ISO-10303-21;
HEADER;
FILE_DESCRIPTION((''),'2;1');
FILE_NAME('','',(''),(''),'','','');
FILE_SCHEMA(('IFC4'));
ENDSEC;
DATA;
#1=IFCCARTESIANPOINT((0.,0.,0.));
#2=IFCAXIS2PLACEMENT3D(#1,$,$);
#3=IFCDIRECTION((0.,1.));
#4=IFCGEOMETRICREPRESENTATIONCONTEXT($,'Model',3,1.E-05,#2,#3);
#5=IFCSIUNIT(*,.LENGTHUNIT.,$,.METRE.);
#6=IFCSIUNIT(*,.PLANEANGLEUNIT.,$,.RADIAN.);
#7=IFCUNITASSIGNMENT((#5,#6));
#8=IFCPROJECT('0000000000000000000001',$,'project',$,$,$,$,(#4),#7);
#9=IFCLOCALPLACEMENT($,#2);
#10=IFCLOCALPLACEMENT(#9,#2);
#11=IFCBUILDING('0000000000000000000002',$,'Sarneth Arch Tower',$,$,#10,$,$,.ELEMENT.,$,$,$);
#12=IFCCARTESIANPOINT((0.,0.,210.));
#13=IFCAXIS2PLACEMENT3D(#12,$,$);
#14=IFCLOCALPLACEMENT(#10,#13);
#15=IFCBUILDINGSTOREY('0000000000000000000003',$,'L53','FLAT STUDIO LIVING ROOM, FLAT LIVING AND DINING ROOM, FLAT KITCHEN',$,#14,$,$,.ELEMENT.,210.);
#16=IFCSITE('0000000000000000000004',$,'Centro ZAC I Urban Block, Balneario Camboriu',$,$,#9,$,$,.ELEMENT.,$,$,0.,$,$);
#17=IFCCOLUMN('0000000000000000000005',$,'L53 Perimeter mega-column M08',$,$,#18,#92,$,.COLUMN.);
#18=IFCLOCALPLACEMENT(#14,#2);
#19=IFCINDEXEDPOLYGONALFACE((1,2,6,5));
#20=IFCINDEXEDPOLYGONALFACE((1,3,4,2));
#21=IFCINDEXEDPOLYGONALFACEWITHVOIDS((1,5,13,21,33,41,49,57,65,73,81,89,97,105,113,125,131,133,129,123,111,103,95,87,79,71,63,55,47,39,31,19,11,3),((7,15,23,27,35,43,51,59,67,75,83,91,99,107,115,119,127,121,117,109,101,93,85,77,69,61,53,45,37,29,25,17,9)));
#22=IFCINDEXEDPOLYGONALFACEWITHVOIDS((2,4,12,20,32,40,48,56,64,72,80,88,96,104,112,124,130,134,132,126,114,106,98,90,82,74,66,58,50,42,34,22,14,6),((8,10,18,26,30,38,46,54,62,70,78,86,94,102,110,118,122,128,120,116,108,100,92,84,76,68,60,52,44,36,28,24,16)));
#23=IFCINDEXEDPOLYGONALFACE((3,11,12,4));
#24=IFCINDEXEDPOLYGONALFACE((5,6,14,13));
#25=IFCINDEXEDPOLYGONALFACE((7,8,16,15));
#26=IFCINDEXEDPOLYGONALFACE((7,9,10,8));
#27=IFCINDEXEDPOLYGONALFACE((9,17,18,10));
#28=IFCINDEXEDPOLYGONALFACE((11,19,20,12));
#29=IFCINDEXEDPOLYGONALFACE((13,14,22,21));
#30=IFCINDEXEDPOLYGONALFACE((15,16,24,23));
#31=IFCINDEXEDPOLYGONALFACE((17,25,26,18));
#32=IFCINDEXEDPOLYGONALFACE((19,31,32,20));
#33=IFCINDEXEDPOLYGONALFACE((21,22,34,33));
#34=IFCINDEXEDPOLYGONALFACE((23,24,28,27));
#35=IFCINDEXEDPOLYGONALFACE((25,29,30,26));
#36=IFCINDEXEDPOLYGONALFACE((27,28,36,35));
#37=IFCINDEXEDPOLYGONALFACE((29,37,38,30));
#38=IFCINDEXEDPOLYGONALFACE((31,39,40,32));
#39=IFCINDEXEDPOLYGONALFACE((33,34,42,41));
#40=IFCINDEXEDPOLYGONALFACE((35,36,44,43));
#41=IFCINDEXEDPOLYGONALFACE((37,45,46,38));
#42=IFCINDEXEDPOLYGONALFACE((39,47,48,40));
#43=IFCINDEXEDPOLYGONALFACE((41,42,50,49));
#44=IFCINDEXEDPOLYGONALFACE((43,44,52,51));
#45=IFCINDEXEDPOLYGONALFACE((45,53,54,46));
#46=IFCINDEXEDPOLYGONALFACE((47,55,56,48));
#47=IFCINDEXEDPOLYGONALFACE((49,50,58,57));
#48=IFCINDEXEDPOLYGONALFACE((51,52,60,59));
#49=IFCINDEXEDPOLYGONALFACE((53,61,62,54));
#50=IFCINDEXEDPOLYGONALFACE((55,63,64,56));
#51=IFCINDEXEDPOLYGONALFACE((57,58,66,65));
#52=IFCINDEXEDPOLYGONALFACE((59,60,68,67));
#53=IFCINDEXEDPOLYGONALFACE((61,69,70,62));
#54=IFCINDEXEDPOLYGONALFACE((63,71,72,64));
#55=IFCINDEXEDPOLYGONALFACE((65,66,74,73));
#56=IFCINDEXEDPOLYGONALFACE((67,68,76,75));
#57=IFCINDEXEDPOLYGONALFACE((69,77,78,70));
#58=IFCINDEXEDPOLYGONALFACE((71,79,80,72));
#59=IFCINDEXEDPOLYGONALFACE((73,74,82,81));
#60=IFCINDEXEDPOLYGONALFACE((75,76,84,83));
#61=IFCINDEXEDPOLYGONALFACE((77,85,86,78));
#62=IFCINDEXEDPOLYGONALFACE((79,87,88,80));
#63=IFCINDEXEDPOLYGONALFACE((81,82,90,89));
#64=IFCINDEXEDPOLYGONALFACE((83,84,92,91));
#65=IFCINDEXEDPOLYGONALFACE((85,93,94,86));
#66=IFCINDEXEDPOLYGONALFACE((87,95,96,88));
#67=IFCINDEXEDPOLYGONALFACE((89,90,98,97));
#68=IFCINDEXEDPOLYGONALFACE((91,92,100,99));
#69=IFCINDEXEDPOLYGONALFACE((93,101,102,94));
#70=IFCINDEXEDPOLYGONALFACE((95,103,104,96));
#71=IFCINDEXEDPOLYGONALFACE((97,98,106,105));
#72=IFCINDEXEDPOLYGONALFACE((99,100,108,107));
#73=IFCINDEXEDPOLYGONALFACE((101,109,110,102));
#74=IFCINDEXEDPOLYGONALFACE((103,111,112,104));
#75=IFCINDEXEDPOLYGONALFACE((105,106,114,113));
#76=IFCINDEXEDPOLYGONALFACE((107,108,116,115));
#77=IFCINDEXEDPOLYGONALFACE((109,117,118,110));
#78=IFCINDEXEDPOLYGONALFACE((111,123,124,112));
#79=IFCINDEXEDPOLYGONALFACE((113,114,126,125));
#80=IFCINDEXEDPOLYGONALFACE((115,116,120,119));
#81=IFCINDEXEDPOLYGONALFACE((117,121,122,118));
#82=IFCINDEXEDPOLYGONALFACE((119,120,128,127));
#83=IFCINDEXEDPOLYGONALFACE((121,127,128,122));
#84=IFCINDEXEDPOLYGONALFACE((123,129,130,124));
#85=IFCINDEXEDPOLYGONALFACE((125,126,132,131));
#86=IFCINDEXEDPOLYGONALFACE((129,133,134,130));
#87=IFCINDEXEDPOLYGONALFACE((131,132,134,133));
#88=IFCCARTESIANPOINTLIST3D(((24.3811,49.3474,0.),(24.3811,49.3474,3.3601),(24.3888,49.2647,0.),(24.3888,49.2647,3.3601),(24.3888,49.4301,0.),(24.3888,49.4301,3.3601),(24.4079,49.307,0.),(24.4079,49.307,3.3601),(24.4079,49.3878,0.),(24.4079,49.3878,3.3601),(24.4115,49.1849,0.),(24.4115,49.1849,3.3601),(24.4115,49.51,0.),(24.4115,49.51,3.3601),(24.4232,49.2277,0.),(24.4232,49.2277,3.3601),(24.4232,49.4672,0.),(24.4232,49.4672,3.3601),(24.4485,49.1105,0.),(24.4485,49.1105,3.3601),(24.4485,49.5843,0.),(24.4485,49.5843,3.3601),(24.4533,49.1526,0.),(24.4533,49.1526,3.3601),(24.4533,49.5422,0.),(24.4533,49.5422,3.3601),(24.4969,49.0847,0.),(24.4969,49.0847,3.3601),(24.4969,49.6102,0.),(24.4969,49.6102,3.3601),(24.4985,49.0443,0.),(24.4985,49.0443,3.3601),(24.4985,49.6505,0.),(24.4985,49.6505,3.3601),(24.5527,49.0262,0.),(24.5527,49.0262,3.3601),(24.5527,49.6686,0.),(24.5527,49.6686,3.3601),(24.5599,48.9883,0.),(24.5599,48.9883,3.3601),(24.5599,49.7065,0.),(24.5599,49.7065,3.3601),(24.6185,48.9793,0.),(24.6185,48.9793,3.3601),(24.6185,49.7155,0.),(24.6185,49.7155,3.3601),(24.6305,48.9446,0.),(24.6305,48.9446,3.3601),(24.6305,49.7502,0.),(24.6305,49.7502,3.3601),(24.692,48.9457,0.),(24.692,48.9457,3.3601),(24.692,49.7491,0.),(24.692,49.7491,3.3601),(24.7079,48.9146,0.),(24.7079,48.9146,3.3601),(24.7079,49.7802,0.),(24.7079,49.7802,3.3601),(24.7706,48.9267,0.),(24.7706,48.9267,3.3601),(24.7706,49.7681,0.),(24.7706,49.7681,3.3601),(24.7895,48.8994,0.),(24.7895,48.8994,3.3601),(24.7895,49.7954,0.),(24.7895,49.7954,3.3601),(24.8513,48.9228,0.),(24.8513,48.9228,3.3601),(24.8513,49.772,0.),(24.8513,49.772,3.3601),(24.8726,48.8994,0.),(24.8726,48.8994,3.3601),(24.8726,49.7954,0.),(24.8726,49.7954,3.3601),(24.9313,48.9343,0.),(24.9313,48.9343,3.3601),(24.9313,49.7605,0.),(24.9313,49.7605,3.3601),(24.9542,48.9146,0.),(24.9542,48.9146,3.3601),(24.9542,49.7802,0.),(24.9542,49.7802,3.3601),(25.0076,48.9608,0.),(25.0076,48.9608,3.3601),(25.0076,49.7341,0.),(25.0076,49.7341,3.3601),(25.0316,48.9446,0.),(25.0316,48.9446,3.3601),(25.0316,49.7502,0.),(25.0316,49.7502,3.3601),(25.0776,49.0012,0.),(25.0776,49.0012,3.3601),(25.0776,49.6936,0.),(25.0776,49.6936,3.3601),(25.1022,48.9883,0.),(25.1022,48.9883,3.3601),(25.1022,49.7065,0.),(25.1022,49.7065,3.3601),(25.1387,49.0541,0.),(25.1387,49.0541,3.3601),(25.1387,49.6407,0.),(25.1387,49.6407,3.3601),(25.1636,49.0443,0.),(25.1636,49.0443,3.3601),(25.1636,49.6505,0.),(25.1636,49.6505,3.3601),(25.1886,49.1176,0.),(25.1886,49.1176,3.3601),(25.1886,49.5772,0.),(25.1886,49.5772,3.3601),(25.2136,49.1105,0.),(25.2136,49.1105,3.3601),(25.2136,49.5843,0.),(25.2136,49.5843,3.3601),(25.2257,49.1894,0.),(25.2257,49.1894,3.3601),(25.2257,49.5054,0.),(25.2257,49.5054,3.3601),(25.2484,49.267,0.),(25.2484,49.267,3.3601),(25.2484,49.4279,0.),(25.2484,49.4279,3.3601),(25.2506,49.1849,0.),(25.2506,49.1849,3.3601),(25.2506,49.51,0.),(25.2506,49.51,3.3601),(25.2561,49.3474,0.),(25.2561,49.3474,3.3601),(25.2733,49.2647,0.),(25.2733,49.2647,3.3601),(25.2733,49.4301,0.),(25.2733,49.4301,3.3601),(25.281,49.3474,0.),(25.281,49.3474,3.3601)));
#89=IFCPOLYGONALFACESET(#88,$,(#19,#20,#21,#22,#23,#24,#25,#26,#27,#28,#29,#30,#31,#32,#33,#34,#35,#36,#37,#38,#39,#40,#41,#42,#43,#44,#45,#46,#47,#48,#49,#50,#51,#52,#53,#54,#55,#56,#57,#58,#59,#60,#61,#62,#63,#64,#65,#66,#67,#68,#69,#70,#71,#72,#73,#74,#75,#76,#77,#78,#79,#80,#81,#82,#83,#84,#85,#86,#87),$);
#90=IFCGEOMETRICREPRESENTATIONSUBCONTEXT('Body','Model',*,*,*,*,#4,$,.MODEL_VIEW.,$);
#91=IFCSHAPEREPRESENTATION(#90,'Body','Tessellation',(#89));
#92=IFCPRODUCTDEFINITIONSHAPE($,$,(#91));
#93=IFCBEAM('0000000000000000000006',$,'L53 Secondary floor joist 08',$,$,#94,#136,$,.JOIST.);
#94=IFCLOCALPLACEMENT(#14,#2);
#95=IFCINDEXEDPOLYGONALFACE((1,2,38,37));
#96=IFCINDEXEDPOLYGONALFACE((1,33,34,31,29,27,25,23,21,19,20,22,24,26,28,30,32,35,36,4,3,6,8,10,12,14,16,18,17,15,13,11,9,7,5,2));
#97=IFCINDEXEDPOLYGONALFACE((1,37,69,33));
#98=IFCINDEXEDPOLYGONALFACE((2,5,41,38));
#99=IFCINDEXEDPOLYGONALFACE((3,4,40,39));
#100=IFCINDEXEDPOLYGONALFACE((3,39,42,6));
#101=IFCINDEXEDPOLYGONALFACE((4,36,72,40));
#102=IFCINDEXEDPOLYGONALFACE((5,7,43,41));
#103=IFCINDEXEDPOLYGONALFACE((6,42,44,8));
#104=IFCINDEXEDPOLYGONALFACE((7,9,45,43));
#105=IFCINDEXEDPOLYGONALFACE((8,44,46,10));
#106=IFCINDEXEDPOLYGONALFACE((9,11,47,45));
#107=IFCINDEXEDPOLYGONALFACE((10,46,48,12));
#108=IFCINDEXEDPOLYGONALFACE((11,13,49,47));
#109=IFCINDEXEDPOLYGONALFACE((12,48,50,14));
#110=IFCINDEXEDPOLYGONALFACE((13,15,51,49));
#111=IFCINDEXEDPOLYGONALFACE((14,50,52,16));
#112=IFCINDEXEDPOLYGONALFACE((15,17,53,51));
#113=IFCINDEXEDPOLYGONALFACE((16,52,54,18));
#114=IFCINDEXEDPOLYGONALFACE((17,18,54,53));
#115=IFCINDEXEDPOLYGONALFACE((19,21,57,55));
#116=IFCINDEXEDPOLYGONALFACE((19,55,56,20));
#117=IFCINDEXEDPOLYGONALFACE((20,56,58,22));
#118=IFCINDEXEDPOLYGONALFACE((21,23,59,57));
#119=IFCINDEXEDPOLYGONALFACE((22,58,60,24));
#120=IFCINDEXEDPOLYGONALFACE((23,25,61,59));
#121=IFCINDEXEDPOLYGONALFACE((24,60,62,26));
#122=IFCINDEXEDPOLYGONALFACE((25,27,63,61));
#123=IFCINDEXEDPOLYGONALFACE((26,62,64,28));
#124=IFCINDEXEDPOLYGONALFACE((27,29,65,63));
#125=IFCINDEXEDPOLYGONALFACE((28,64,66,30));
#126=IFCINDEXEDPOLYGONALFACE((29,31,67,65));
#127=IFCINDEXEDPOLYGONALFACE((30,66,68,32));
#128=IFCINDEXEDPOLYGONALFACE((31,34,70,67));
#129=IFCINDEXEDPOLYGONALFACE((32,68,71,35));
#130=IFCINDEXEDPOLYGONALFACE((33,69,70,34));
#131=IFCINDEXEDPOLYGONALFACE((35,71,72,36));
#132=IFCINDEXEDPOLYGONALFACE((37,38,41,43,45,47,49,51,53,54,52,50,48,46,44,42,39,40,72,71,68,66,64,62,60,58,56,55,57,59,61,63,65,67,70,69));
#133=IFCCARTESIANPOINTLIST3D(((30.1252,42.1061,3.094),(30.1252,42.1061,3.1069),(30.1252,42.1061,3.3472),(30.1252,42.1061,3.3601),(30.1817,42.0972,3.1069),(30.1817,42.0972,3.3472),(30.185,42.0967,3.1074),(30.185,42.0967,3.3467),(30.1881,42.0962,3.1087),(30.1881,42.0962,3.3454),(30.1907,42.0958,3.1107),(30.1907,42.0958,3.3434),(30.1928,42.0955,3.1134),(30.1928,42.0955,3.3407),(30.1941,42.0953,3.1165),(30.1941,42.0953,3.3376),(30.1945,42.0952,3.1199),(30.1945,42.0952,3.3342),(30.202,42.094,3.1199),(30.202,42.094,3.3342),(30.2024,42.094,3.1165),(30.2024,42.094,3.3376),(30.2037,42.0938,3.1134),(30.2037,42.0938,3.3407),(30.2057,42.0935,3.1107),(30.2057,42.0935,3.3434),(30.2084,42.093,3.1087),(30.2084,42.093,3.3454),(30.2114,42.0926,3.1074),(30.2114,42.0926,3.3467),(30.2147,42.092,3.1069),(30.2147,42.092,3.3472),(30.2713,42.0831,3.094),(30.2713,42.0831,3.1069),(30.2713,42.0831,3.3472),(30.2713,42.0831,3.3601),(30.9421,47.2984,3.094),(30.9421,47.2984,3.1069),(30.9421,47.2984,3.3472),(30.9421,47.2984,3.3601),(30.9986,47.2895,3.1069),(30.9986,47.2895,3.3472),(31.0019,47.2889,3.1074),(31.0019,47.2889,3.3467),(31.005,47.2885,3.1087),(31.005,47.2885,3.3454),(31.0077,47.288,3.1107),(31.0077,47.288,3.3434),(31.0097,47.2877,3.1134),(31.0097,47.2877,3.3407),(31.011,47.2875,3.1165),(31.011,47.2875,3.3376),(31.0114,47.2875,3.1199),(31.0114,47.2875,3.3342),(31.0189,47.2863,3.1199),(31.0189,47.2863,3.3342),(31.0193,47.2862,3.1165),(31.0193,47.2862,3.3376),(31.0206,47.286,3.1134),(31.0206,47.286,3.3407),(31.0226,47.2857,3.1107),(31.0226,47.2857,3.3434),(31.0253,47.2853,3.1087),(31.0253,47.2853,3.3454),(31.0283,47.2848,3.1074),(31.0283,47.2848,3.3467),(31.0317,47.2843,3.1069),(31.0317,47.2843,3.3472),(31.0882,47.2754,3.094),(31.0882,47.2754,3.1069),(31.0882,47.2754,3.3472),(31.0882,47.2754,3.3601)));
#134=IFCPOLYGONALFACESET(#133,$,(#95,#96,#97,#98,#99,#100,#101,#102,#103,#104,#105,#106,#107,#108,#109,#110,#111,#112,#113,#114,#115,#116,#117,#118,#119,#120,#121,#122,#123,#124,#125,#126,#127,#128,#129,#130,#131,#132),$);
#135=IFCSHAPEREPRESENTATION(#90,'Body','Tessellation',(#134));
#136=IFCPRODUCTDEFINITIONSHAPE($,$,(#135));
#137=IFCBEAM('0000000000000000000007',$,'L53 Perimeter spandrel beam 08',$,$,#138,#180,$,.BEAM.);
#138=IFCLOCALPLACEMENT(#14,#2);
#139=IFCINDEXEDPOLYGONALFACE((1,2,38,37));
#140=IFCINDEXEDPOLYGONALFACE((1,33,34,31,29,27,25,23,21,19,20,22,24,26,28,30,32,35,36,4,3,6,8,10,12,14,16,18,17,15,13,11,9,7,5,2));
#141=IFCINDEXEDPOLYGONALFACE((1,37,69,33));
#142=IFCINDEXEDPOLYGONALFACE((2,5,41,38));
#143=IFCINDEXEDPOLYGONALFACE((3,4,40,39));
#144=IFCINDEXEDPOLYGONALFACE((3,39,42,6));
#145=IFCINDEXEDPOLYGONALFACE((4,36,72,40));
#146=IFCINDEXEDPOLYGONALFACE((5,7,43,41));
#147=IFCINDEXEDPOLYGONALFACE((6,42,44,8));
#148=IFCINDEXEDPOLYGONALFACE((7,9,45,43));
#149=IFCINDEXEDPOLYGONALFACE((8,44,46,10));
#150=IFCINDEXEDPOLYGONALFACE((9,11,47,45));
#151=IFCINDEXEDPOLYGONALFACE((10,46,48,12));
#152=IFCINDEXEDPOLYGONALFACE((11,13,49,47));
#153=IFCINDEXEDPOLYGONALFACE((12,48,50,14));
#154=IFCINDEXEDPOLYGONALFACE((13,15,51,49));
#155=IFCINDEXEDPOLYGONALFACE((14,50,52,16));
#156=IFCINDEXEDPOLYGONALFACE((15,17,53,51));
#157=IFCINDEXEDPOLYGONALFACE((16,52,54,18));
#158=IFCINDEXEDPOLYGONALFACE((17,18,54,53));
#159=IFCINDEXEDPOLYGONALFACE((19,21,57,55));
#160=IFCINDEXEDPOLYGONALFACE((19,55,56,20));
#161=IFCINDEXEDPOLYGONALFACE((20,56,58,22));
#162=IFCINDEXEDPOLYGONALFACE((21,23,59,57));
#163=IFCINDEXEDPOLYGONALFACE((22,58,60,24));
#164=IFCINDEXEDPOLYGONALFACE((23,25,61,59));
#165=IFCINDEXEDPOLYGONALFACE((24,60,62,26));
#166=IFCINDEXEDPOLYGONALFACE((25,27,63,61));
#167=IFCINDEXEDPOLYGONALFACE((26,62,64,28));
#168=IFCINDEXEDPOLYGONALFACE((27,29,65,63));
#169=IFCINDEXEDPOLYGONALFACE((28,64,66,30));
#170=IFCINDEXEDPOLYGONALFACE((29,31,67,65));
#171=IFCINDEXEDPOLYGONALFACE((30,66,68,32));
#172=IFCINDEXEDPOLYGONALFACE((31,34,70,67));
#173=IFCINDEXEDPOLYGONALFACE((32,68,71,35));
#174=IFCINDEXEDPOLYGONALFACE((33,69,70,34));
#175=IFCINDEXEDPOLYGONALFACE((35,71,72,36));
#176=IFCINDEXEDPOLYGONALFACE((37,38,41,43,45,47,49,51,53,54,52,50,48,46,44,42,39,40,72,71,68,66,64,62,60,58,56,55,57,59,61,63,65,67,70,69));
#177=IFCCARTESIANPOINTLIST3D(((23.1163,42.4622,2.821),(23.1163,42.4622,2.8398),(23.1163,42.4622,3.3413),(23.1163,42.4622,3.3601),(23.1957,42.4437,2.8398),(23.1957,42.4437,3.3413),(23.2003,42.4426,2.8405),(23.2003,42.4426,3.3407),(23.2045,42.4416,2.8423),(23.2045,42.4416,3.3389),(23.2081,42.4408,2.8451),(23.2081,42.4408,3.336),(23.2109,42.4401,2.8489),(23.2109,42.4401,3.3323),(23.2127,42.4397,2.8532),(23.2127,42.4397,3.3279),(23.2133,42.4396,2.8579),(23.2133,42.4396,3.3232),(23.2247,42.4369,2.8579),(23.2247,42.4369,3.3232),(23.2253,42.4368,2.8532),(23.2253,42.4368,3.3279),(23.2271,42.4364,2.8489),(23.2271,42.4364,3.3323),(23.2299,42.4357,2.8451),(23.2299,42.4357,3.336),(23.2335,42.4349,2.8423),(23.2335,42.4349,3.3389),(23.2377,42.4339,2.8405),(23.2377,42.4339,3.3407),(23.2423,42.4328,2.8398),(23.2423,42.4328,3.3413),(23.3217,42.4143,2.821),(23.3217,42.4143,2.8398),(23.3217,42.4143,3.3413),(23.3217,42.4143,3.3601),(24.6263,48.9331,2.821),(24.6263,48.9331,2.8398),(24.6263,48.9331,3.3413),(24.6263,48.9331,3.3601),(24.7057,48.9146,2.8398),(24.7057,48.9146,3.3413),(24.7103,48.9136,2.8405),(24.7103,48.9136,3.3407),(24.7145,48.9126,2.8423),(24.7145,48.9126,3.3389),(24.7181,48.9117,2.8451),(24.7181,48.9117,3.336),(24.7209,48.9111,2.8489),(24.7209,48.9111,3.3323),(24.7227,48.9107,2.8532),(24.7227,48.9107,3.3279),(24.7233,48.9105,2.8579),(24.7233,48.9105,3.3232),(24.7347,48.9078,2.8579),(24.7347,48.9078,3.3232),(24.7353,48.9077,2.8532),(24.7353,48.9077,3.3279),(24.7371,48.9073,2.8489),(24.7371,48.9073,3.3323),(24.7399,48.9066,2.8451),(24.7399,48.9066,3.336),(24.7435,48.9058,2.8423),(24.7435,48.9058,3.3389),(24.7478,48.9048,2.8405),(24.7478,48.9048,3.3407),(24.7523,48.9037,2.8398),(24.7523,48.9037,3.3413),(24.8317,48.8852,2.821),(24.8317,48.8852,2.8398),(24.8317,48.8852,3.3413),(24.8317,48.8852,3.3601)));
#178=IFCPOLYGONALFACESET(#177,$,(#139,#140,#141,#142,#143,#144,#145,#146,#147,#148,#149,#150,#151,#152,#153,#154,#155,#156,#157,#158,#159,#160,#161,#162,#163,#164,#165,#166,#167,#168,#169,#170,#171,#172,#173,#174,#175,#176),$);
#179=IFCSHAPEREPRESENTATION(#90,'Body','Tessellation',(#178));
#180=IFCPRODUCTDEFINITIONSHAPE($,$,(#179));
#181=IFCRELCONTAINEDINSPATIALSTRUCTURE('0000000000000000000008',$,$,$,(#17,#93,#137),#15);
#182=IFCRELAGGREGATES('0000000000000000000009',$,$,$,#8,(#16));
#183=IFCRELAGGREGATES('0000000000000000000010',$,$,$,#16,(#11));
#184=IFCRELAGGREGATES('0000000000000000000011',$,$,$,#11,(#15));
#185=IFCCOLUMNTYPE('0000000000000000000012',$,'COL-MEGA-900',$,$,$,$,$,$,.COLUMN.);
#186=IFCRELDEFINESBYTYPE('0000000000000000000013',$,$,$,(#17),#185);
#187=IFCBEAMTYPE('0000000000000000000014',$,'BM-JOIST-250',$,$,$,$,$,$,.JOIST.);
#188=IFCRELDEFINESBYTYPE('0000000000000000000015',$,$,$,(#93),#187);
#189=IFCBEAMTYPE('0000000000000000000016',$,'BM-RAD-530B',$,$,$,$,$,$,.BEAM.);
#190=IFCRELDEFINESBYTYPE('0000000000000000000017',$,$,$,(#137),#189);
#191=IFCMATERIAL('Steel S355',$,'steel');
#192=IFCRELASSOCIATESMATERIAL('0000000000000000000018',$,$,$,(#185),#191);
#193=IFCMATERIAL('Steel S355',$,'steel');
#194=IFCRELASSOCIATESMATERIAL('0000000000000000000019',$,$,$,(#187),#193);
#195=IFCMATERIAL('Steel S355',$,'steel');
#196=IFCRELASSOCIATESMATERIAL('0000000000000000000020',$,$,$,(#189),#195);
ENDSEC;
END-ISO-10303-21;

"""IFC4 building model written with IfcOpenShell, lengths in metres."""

from ifc_helpers import new_model, si_unit, direction, frame, origin, origin_2d, place, context, subcontext, project, spatial, hollow_circle, i_section, extrude, material, material_profile, profile_set, type_object, element, save


model = new_model("IFC4")

# Units and contexts
model_context = context("Model", 3, precision=1e-05, world=origin(), true_north=direction((0.0, 1.0)))
body_context = subcontext(model_context, "Body", "Model", "MODEL_VIEW")
ifc_project = project(units=[si_unit("LENGTHUNIT", "METRE"), si_unit("PLANEANGLEUNIT", "RADIAN")], contexts=[model_context])

# Site, building, storey
site_placement = place(None, origin())
site = spatial("IfcSite", under=ifc_project, at=site_placement, Name="Centro ZAC I Urban Block, Balneario Camboriu", CompositionType="ELEMENT", RefElevation=0.0)
building_placement = place(site_placement, origin())
building = spatial("IfcBuilding", under=site, at=building_placement, Name="Sarneth Arch Tower", CompositionType="ELEMENT")
storey_placement = place(building_placement, frame((0.0, 0.0, 210.0)))
storey = spatial("IfcBuildingStorey", under=building, at=storey_placement, Name="L53", Description="FLAT STUDIO LIVING ROOM, FLAT LIVING AND DINING ROOM, FLAT KITCHEN", CompositionType="ELEMENT", Elevation=210.0)

# Column
ifc_material_1 = material(Name="Steel S355", Category="steel")
ifc_material_profile_1 = material_profile(ifc_material_1, hollow_circle(Radius=0.45, WallThickness=0.0249, at=origin_2d()), Name="CHS900x25")
ifc_profile_set_1 = profile_set([ifc_material_profile_1], Name="Steel S355")
column_type = type_object("IfcColumnType", Name="COL-MEGA-900", PredefinedType="COLUMN", material=ifc_profile_set_1)
column_placement = place(storey_placement, frame((24.8311, 49.3474, 0.0), z_axis=(0.0, 0.0, 1.0), x_axis=(1.0, 0.0, 0.0)))
element("IfcColumn", 1, at=column_placement, inside=storey, type_object=column_type, Name="L53 Perimeter mega-column M08", PredefinedType="COLUMN", context=body_context, shape_type="SweptSolid", body=[
    extrude(hollow_circle(Radius=0.45, WallThickness=0.0249, at=origin_2d()), origin(), (0.0, 0.0, 1.0), 3.3601),
])

# Beams
ifc_material_2 = material(Name="Steel S355", Category="steel")
ifc_material_profile_2 = material_profile(ifc_material_2, i_section(OverallWidth=0.1479, OverallDepth=0.2661, WebThickness=0.0076, FlangeThickness=0.0129, FilletRadius=0.0129, at=origin_2d()), Name="W250x44.8")
ifc_profile_set_2 = profile_set([ifc_material_profile_2], Name="Steel S355")
beam_type_1 = type_object("IfcBeamType", Name="BM-JOIST-250", PredefinedType="JOIST", material=ifc_profile_set_2)
beam_1_placement = place(storey_placement, frame((31.0151, 47.2869, 3.2271), z_axis=(-0.155421, -0.987848, 0.0), x_axis=(0.987848, -0.155421, 0.0)))
element("IfcBeam", 2, at=beam_1_placement, inside=storey, type_object=beam_type_1, Name="L53 Secondary floor joist 08", PredefinedType="JOIST", context=body_context, shape_type="SweptSolid", body=[
    extrude(i_section(OverallWidth=0.1479, OverallDepth=0.2661, WebThickness=0.0076, FlangeThickness=0.0129, FilletRadius=0.0129, at=origin_2d()), origin(), (0.0, 0.0, 1.0), 5.2561),
])
ifc_material_3 = material(Name="Steel S355", Category="steel")
ifc_material_profile_3 = material_profile(ifc_material_3, i_section(OverallWidth=0.2109, OverallDepth=0.5391, WebThickness=0.0117, FlangeThickness=0.0188, FilletRadius=0.0181, at=origin_2d()), Name="W530x109")
ifc_profile_set_3 = profile_set([ifc_material_profile_3], Name="Steel S355")
beam_type_2 = type_object("IfcBeamType", Name="BM-RAD-530B", PredefinedType="BEAM", material=ifc_profile_set_3)
beam_2_placement = place(storey_placement, frame((24.729, 48.9092, 3.0906), z_axis=(-0.227247, -0.973837, 0.0), x_axis=(0.973837, -0.227247, 0.0)))
element("IfcBeam", 3, at=beam_2_placement, inside=storey, type_object=beam_type_2, Name="L53 Perimeter spandrel beam 08", PredefinedType="BEAM", context=body_context, shape_type="SweptSolid", body=[
    extrude(i_section(OverallWidth=0.2109, OverallDepth=0.5391, WebThickness=0.0117, FlangeThickness=0.0188, FilletRadius=0.0181, at=origin_2d()), origin(), (0.0, 0.0, 1.0), 6.6448),
])

save(model, "model.ifc")
